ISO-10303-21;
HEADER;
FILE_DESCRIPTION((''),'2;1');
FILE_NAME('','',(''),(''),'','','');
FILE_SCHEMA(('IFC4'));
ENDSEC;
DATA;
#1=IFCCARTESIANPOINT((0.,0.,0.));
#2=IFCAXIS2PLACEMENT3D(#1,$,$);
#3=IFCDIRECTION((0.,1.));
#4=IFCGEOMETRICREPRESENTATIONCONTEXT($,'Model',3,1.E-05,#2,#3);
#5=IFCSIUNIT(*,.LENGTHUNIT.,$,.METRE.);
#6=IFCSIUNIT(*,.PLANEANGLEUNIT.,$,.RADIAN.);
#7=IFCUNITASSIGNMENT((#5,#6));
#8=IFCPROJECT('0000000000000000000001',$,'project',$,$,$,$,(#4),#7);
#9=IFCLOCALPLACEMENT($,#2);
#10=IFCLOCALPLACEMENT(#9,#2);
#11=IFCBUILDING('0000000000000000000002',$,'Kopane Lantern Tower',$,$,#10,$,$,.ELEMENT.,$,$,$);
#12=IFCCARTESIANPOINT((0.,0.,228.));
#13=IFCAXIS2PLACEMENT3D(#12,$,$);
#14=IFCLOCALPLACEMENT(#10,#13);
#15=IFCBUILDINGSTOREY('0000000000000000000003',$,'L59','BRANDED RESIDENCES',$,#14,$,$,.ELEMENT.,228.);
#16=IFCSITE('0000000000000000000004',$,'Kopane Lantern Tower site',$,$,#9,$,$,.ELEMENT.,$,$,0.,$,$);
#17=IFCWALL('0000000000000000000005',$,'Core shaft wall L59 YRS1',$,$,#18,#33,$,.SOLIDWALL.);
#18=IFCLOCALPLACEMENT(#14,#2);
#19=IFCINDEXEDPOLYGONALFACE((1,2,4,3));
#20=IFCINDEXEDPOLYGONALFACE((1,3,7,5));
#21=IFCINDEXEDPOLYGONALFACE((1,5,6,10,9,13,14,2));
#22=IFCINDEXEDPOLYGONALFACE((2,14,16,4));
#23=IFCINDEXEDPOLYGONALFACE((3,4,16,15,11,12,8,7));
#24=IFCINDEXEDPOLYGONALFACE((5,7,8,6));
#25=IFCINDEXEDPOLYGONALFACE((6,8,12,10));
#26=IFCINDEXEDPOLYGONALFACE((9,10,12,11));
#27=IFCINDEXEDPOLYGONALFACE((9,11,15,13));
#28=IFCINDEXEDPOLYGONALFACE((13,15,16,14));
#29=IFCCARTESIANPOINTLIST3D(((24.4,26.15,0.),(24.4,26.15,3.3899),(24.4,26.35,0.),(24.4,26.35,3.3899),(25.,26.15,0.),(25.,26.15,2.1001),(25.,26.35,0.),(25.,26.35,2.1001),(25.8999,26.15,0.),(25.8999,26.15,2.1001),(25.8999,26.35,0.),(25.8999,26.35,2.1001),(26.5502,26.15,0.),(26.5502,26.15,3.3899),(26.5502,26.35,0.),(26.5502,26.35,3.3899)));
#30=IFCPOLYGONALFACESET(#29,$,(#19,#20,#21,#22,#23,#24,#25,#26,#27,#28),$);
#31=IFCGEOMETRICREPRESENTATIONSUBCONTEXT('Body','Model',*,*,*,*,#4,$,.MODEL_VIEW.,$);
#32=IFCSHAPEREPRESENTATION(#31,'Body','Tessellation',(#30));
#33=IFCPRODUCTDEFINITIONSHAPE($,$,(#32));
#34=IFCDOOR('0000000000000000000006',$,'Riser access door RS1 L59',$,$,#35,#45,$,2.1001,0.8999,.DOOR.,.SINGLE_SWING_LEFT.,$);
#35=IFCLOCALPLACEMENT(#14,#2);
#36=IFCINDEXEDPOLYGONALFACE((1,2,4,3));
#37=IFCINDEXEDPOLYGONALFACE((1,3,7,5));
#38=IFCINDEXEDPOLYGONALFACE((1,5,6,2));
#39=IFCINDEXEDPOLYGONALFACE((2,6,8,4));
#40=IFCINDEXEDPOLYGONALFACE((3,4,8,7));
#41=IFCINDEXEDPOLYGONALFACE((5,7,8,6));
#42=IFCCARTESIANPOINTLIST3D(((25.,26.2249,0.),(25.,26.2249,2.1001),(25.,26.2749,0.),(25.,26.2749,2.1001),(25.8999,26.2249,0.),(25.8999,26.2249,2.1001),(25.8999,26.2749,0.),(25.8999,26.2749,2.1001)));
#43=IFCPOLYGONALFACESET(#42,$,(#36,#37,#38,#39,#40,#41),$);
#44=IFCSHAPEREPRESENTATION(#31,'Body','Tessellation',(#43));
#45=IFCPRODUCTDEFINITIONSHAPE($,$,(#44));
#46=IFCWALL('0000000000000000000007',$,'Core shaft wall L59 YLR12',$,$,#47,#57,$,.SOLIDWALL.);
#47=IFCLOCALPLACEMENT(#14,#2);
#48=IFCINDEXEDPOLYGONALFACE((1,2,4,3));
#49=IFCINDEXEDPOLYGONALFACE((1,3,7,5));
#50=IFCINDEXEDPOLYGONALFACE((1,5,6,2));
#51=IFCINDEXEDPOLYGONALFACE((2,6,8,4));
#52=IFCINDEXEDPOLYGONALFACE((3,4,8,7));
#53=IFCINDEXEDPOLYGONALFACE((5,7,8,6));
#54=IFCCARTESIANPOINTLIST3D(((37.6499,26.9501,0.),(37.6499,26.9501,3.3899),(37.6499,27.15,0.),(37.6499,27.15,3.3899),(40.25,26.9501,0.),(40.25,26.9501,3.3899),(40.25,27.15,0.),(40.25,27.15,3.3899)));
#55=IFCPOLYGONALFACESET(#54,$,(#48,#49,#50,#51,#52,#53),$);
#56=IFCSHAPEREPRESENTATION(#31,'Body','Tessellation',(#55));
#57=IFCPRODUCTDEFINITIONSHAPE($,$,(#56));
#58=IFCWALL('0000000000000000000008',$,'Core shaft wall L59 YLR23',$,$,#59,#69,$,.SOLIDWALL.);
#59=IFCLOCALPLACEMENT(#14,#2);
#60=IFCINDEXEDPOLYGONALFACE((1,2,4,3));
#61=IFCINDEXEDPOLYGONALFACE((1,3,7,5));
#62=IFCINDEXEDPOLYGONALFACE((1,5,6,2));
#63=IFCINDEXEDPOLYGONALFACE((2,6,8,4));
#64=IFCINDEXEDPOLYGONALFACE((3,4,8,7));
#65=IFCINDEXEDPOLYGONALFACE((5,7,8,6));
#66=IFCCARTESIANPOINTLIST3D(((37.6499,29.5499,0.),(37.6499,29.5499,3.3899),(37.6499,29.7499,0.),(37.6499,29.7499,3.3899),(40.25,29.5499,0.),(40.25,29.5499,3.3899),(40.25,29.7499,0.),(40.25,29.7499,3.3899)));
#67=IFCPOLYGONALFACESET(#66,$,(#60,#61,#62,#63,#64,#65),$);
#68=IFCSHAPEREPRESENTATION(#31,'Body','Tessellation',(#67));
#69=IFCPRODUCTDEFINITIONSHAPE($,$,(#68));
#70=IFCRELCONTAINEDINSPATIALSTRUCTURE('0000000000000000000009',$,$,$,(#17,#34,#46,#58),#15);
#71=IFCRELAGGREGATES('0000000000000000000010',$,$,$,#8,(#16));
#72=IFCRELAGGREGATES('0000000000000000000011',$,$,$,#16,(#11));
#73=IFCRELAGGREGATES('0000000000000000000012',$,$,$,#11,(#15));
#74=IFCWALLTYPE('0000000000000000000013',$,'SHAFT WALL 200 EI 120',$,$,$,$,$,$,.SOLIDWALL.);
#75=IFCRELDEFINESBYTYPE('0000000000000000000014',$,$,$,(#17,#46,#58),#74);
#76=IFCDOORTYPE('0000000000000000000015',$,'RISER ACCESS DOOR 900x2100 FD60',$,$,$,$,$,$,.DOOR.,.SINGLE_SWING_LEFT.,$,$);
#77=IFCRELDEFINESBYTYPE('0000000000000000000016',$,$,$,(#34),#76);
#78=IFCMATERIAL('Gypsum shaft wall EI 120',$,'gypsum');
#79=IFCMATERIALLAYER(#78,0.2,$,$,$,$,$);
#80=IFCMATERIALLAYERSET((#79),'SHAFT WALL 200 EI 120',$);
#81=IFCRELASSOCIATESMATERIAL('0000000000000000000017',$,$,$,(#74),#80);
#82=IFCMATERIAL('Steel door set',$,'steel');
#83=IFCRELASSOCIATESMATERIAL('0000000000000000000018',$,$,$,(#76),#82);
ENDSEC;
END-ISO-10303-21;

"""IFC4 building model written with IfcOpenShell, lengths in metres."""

from ifc_helpers import new_model, si_unit, direction, frame, frame_2d, origin, place, context, subcontext, project, spatial, rectangle, extrude, material, layer, layer_set, type_object, element, fill, save


model = new_model("IFC4")

# Units and contexts
model_context = context("Model", 3, precision=1e-05, world=origin(), true_north=direction((0.0, 1.0)))
body_context = subcontext(model_context, "Body", "Model", "MODEL_VIEW")
ifc_project = project(units=[si_unit("LENGTHUNIT", "METRE"), si_unit("PLANEANGLEUNIT", "RADIAN")], contexts=[model_context])

# Site, building, storey
site_placement = place(None, origin())
site = spatial("IfcSite", under=ifc_project, at=site_placement, Name="Kopane Lantern Tower site", CompositionType="ELEMENT", RefElevation=0.0)
building_placement = place(site_placement, origin())
building = spatial("IfcBuilding", under=site, at=building_placement, Name="Kopane Lantern Tower", CompositionType="ELEMENT")
storey_placement = place(building_placement, frame((0.0, 0.0, 228.0)))
storey = spatial("IfcBuildingStorey", under=building, at=storey_placement, Name="L59", Description="BRANDED RESIDENCES", CompositionType="ELEMENT", Elevation=228.0)

# Shared definitions
ifc_material_1 = material(Name="Gypsum shaft wall EI 120", Category="gypsum")
ifc_layer_1 = layer(ifc_material_1, 0.2)
ifc_layer_set_1 = layer_set([ifc_layer_1], Name="SHAFT WALL 200 EI 120")
wall_type_1 = type_object("IfcWallType", Name="SHAFT WALL 200 EI 120", PredefinedType="SOLIDWALL", material=ifc_layer_set_1)

# Wall, opening, door
wall_1_placement = place(storey_placement, frame((24.3999, 26.25, 0.0), z_axis=(0.0, 0.0, 1.0), x_axis=(1.0, 0.0, 0.0)))
wall_1 = element("IfcWall", 1, at=wall_1_placement, inside=storey, type_object=wall_type_1, Name="Core shaft wall L59 YRS1", PredefinedType="SOLIDWALL", context=body_context, shape_type="SweptSolid", body=[
    extrude(rectangle(XDim=2.1501, YDim=0.2, at=frame_2d((1.0752, 0.0))), origin(), (0.0, 0.0, 1.0), 3.3899),
])
opening_1_placement = place(wall_1_placement, frame((0.6001, 0.0, 0.0)))
opening_1 = element("IfcOpeningElement", 2, at=opening_1_placement, cuts=wall_1, PredefinedType="OPENING", context=body_context, shape_type="SweptSolid", body=[
    extrude(rectangle(XDim=0.8999, YDim=2.1001, at=frame_2d((0.45, 1.05))), frame((0.0, 0.1099, 0.0), z_axis=(0.0, -1.0, 0.0), x_axis=(1.0, 0.0, 0.0)), (0.0, 0.0, 1.0), 0.22),
])
ifc_material_2 = material(Name="Steel door set", Category="steel")
door_type_1 = type_object("IfcDoorType", Name="RISER ACCESS DOOR 900x2100 FD60", OperationType="SINGLE_SWING_LEFT", PredefinedType="DOOR", material=ifc_material_2)
door_1_placement = place(opening_1_placement, origin())
door_1 = element("IfcDoor", 3, at=door_1_placement, inside=storey, type_object=door_type_1, Name="Riser access door RS1 L59", OperationType="SINGLE_SWING_LEFT", OverallHeight=2.1001, OverallWidth=0.8999, PredefinedType="DOOR", context=body_context, shape_type="SweptSolid", body=[
    extrude(rectangle(XDim=0.8999, YDim=2.1001, at=frame_2d((0.45, 1.05))), frame((0.0, 0.0249, 0.0), z_axis=(0.0, -1.0, 0.0), x_axis=(1.0, 0.0, 0.0)), (0.0, 0.0, 1.0), 0.05),
])
fill(opening_1, door_1)

# Walls
for number, where, z_axis, x_axis, name in (
    (4, (37.6499, 27.05, 0.0), (0.0, 0.0, 1.0), (1.0, 0.0, 0.0), "Core shaft wall L59 YLR12"),
    (5, (37.6499, 29.6499, 0.0), (0.0, 0.0, 1.0), (1.0, 0.0, 0.0), "Core shaft wall L59 YLR23"),
):
    element("IfcWall", number, at=place(storey_placement, frame(where, z_axis=z_axis, x_axis=x_axis)), inside=storey, type_object=wall_type_1, Name=name, PredefinedType="SOLIDWALL", context=body_context, shape_type="SweptSolid", body=[
        extrude(rectangle(XDim=2.6001, YDim=0.2, at=frame_2d((1.3, 0.0))), origin(), (0.0, 0.0, 1.0), 3.3899),
    ])

save(model, "model.ifc")
